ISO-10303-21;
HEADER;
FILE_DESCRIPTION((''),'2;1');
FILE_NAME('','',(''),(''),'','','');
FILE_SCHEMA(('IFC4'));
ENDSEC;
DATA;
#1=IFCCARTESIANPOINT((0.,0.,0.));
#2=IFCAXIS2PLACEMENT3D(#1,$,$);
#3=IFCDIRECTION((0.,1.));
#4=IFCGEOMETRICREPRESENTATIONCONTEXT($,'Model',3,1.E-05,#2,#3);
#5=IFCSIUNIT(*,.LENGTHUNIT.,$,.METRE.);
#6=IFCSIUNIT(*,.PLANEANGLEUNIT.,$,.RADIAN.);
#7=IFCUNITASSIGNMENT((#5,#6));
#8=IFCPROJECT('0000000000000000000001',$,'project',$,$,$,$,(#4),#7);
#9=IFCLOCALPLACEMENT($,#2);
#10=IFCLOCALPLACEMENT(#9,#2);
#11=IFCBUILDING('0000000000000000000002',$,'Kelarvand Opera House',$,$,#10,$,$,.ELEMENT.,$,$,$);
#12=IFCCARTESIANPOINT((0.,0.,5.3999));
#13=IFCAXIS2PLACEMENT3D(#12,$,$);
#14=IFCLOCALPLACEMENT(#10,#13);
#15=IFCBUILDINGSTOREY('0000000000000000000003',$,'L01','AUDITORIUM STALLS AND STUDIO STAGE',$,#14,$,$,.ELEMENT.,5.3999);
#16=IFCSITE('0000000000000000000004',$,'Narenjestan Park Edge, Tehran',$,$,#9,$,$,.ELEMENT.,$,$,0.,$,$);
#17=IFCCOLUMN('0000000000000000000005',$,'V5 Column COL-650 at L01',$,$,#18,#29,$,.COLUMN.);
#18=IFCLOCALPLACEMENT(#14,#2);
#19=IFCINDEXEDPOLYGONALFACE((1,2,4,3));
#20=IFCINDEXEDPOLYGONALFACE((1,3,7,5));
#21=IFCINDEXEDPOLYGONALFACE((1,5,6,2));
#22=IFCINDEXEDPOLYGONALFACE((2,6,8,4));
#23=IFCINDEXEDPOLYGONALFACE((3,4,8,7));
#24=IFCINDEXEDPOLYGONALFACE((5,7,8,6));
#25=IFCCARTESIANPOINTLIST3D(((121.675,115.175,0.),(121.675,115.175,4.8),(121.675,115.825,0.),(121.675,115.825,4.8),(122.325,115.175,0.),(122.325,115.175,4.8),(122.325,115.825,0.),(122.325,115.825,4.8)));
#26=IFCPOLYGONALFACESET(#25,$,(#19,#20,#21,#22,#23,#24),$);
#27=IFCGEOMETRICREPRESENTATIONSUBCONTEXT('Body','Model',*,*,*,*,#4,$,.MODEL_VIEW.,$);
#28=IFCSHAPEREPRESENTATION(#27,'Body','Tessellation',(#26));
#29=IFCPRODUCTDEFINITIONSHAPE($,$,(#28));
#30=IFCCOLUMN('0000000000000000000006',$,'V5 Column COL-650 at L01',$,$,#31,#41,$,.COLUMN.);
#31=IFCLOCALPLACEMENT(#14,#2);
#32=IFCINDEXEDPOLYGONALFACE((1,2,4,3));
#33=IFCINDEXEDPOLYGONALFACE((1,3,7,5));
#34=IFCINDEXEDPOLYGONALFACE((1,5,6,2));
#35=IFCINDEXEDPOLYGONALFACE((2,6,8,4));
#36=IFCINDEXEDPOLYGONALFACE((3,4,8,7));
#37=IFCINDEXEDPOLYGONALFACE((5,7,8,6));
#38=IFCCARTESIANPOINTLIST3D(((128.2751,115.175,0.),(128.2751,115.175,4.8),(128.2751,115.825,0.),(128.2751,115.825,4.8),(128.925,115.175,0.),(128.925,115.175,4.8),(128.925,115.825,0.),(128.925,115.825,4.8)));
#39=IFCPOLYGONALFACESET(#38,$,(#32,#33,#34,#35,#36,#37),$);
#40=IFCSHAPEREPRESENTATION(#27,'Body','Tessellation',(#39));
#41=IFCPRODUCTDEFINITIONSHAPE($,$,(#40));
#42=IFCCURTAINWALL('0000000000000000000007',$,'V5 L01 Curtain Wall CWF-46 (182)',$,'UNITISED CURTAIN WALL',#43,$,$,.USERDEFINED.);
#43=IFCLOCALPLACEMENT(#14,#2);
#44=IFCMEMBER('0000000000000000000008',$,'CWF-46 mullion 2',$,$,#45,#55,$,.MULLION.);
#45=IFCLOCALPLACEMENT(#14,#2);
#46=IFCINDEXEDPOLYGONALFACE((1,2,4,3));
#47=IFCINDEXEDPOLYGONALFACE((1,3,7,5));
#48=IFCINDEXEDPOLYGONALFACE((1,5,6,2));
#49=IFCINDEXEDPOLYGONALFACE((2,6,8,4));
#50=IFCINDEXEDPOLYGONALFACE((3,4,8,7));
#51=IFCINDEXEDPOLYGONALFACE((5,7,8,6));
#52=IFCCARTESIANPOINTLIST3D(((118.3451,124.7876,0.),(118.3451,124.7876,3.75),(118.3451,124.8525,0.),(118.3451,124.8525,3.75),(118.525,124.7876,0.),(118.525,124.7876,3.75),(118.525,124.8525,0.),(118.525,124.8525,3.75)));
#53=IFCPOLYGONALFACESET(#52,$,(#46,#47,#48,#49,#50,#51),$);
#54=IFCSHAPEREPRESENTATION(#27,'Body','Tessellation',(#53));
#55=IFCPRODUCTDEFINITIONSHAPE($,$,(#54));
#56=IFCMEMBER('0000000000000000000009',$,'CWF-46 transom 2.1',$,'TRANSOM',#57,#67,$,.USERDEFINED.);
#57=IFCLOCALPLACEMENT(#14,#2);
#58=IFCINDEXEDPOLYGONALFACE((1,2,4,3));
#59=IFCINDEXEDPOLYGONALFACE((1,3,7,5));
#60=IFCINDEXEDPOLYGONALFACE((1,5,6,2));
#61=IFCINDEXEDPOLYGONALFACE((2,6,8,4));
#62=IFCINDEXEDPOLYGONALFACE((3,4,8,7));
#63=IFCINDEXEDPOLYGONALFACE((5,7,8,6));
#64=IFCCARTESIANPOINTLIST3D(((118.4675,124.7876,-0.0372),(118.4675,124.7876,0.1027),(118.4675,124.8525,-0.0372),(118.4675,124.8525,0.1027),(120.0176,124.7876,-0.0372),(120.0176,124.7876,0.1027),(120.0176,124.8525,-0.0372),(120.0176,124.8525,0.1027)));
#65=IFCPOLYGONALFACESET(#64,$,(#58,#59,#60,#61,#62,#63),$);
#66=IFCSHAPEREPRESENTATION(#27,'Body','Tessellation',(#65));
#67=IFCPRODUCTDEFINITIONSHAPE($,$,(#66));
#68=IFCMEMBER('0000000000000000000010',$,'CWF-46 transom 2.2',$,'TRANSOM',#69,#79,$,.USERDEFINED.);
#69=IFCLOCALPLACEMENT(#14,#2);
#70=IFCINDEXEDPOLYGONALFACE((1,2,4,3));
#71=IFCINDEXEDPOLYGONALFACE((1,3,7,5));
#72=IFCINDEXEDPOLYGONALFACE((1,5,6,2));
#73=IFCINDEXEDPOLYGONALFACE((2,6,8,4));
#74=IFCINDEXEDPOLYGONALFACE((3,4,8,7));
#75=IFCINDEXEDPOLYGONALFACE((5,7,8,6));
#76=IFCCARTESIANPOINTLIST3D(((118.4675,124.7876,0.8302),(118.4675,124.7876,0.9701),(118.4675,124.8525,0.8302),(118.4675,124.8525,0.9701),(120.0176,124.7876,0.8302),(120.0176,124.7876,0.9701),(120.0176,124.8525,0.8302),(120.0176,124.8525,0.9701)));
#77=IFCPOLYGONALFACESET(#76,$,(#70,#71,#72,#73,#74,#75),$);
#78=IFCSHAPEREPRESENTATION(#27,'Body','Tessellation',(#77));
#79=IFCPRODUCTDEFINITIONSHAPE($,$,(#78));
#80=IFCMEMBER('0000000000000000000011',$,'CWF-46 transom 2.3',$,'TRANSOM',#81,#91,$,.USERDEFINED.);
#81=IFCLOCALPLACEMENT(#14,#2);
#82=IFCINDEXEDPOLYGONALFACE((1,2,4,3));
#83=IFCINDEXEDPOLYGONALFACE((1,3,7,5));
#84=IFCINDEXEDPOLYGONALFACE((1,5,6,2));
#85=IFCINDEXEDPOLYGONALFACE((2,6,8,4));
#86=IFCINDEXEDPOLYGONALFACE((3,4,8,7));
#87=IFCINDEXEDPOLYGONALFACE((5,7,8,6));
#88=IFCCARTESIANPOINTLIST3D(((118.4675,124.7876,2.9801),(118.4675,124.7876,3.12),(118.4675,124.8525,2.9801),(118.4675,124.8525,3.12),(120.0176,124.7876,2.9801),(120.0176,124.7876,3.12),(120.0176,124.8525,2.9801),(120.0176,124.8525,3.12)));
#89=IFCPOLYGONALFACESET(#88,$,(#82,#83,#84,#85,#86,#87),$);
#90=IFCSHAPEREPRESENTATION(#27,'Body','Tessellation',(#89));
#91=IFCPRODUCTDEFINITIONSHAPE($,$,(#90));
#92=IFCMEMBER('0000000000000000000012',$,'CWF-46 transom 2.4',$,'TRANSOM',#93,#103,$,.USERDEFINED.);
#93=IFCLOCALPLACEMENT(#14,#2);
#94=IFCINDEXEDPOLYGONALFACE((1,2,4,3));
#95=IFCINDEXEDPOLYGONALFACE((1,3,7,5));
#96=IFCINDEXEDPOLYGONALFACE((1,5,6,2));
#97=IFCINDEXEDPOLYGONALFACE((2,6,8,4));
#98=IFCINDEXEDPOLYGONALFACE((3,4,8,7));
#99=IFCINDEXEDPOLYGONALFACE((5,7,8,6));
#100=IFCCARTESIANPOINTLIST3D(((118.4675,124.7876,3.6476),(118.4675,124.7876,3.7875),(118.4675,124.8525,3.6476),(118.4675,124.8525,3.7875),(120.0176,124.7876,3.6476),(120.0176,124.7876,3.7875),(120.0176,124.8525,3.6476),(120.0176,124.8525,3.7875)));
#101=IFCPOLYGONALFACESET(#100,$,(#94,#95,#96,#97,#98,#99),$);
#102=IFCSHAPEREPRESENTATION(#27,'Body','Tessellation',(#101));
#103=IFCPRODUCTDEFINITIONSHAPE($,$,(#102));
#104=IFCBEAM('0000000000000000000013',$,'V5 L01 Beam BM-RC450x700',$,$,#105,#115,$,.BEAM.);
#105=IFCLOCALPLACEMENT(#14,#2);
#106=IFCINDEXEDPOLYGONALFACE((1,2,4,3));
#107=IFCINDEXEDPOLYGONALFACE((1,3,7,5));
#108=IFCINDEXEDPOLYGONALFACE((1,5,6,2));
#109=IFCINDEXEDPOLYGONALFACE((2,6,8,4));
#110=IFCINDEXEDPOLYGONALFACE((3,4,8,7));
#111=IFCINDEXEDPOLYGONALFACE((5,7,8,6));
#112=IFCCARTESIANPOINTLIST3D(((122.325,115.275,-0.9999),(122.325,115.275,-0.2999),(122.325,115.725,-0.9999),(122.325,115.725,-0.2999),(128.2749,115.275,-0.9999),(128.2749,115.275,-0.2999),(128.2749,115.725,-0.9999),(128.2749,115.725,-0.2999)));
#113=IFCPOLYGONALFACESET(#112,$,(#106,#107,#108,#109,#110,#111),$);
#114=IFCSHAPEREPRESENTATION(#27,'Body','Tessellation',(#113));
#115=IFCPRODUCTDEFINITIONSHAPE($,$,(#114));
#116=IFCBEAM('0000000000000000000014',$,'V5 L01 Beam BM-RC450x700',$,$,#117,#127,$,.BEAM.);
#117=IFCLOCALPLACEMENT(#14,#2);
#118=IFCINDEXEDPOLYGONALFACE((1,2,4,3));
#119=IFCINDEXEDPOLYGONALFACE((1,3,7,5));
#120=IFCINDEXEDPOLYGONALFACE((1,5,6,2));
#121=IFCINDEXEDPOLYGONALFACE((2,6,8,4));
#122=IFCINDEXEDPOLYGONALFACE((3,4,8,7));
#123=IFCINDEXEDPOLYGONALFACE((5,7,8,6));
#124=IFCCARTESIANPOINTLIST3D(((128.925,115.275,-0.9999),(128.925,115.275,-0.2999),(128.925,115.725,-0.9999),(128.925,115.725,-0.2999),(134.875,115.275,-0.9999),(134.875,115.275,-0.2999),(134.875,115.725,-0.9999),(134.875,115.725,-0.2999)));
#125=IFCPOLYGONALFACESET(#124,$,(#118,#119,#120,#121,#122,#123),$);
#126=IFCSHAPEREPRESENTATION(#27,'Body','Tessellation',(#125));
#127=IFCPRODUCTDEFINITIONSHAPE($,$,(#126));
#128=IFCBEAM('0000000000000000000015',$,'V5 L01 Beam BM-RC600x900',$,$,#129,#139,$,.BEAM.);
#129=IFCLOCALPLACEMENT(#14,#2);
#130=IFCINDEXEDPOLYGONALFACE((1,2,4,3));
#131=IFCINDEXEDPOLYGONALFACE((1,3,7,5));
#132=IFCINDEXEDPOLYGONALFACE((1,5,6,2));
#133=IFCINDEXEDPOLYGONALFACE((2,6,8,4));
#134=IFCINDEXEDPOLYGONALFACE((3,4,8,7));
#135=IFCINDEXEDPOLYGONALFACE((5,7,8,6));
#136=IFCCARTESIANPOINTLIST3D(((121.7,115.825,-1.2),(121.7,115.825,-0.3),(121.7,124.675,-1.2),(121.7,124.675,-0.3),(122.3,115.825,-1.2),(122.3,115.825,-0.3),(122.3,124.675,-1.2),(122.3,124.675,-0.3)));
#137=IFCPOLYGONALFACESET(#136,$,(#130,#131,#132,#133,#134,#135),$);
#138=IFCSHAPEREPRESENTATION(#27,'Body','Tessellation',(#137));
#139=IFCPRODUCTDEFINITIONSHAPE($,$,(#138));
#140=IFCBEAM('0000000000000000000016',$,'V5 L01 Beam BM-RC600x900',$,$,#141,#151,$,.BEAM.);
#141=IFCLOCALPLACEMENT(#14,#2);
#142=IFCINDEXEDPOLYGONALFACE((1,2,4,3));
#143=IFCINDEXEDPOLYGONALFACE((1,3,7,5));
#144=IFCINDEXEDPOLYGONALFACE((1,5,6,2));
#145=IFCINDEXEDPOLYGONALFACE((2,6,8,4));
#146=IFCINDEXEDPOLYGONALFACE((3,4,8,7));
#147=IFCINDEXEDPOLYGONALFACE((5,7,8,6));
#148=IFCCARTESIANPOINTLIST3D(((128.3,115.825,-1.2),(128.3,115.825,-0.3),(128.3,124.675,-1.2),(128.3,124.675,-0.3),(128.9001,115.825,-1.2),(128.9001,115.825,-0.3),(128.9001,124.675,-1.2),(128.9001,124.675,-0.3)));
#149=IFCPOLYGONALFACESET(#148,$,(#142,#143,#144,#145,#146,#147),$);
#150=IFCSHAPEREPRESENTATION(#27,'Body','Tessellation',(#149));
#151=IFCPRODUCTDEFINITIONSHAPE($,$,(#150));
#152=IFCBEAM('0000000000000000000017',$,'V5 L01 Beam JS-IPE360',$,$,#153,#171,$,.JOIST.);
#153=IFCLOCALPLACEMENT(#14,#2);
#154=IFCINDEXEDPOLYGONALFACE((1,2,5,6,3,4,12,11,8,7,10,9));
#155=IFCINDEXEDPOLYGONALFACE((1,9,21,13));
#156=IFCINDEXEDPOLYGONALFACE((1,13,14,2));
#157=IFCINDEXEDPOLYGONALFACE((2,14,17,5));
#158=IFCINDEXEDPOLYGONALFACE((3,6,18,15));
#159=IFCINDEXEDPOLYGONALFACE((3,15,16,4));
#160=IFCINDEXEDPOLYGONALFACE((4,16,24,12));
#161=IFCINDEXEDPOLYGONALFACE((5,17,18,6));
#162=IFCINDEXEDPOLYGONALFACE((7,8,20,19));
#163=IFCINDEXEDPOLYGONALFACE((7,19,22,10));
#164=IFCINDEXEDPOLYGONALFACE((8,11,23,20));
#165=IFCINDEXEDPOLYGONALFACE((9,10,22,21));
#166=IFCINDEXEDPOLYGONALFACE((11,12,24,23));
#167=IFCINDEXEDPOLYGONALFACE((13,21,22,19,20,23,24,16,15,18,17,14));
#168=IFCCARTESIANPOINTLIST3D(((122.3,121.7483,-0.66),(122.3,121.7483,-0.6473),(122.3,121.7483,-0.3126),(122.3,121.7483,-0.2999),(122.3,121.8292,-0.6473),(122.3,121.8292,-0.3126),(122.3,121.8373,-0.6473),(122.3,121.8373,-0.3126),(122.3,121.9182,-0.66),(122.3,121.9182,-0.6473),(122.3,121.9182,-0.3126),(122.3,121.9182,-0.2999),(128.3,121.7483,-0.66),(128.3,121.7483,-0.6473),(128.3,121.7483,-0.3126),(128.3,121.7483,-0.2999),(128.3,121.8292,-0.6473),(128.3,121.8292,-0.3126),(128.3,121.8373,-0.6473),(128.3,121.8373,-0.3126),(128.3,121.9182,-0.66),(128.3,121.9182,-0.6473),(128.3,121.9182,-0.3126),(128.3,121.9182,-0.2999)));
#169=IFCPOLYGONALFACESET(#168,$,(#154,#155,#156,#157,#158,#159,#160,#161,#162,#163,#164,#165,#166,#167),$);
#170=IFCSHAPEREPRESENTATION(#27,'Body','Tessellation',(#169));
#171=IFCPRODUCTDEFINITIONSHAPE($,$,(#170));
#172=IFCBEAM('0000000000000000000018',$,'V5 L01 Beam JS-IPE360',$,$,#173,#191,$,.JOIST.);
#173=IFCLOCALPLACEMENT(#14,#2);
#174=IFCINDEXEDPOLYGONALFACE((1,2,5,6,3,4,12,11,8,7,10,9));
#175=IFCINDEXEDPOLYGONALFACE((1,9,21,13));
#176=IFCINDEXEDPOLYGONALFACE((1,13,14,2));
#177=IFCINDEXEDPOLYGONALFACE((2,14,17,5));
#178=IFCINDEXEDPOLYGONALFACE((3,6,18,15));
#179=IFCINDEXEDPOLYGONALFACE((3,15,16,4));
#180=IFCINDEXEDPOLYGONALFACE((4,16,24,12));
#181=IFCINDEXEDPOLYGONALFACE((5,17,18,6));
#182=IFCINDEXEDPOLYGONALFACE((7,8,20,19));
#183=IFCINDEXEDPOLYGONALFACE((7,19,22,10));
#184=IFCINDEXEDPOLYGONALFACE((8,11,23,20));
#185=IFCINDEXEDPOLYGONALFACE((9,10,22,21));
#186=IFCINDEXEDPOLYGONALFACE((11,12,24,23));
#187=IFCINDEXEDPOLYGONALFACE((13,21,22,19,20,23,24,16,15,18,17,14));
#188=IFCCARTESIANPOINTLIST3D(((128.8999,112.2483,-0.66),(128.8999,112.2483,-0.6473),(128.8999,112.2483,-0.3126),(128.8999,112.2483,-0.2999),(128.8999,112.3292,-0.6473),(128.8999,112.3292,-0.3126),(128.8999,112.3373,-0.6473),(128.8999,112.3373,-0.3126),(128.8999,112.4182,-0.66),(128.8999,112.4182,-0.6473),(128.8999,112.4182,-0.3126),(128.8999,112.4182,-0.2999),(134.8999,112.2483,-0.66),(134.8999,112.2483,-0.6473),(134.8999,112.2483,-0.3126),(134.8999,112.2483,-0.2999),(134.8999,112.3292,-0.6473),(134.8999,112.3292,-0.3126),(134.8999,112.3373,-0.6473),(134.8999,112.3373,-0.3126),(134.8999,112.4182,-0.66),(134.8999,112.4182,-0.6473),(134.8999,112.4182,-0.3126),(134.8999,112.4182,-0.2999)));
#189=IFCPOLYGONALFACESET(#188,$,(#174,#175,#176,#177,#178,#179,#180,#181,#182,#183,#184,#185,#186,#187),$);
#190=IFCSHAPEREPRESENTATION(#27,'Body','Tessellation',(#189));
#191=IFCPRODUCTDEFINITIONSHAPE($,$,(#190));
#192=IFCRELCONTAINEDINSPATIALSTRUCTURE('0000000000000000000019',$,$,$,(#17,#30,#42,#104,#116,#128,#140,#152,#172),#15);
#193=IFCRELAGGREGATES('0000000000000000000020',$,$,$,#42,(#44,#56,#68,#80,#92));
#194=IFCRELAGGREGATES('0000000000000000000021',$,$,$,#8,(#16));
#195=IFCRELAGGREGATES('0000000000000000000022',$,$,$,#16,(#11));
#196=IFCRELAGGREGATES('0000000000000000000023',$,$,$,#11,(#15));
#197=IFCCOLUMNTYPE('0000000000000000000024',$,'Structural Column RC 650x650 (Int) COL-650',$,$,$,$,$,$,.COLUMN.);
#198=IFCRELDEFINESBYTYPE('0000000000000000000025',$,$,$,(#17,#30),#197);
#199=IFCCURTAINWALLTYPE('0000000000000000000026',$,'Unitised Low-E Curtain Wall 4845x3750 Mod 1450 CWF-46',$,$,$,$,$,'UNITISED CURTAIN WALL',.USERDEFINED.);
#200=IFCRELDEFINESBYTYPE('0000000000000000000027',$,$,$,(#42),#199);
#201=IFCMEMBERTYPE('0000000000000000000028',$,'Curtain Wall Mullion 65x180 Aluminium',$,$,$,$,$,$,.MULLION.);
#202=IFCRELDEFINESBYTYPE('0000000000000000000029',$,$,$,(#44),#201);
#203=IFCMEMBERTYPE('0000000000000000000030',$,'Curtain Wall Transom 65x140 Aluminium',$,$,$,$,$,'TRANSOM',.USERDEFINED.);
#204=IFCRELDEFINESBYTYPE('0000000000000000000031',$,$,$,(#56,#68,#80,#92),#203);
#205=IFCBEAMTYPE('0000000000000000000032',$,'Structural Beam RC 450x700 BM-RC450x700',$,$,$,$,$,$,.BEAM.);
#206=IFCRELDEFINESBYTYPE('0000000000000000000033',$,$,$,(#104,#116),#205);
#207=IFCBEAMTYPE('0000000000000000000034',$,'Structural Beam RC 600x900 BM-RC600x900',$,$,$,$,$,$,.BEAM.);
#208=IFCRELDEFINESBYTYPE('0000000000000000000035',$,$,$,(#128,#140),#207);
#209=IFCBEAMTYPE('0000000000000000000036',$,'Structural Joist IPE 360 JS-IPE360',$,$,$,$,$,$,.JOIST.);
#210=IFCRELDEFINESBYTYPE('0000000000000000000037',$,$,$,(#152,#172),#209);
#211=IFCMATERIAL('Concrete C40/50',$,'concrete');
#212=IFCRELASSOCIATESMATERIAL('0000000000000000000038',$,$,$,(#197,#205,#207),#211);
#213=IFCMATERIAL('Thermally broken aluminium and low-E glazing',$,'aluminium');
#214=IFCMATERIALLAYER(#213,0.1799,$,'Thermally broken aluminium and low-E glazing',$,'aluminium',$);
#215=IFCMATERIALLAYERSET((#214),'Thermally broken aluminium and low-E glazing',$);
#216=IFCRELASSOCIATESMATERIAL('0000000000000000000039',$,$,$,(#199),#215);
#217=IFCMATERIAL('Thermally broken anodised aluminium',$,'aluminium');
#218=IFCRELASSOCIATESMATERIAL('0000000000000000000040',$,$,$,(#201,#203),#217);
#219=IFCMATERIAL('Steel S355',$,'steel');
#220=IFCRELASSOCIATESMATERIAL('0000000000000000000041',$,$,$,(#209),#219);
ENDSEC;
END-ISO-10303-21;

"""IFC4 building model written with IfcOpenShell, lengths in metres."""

from ifc_helpers import new_model, si_unit, direction, frame, origin, origin_2d, place, context, subcontext, project, spatial, rectangle, i_section, extrude, material, layer, layer_set, material_profile, profile_set, type_object, element, aggregate, save


model = new_model("IFC4")

# Units and contexts
model_context = context("Model", 3, precision=1e-05, world=origin(), true_north=direction((0.0, 1.0)))
body_context = subcontext(model_context, "Body", "Model", "MODEL_VIEW")
ifc_project = project(units=[si_unit("LENGTHUNIT", "METRE"), si_unit("PLANEANGLEUNIT", "RADIAN")], contexts=[model_context])

# Site, building, storey
site_placement = place(None, origin())
site = spatial("IfcSite", under=ifc_project, at=site_placement, Name="Narenjestan Park Edge, Tehran", CompositionType="ELEMENT", RefElevation=0.0)
building_placement = place(site_placement, origin())
building = spatial("IfcBuilding", under=site, at=building_placement, Name="Kelarvand Opera House", CompositionType="ELEMENT")
storey_placement = place(building_placement, frame((0.0, 0.0, 5.3999)))
storey = spatial("IfcBuildingStorey", under=building, at=storey_placement, Name="L01", Description="AUDITORIUM STALLS AND STUDIO STAGE", CompositionType="ELEMENT", Elevation=5.3999)

# Columns
ifc_material_1 = material(Name="Concrete C40/50", Category="concrete")
ifc_material_profile_1 = material_profile(ifc_material_1, rectangle(XDim=0.6499, YDim=0.6499, at=origin_2d()), Name="RC 650x650", Category="concrete")
ifc_profile_set_1 = profile_set([ifc_material_profile_1], Name="Concrete C40/50")
column_type = type_object("IfcColumnType", Name="Structural Column RC 650x650 (Int) COL-650", PredefinedType="COLUMN", material=ifc_profile_set_1)
for number, where, z_axis, x_axis, name in (
    (1, (122.0, 115.5, 0.0), (0.0, 0.0, 1.0), (1.0, 0.0, 0.0), "V5 Column COL-650 at L01"),
    (2, (128.6001, 115.5, 0.0), (0.0, 0.0, 1.0), (1.0, 0.0, 0.0), "V5 Column COL-650 at L01"),
):
    element("IfcColumn", number, at=place(storey_placement, frame(where, z_axis=z_axis, x_axis=x_axis)), inside=storey, type_object=column_type, Name=name, PredefinedType="COLUMN", context=body_context, shape_type="SweptSolid", body=[
        extrude(rectangle(XDim=0.6499, YDim=0.6499, at=origin_2d()), origin(), (0.0, 0.0, 1.0), 4.8),
    ])

# Curtain wall, members
ifc_material_2 = material(Name="Thermally broken aluminium and low-E glazing", Category="aluminium")
ifc_layer_1 = layer(ifc_material_2, 0.1799, Name="Thermally broken aluminium and low-E glazing", Category="aluminium")
ifc_layer_set_1 = layer_set([ifc_layer_1], Name="Thermally broken aluminium and low-E glazing")
curtain_wall_type = type_object("IfcCurtainWallType", Name="Unitised Low-E Curtain Wall 4845x3750 Mod 1450 CWF-46", ElementType="UNITISED CURTAIN WALL", PredefinedType="USERDEFINED", material=ifc_layer_set_1)
curtain_wall_placement = place(storey_placement, origin())
curtain_wall = element("IfcCurtainWall", 3, at=curtain_wall_placement, inside=storey, type_object=curtain_wall_type, Name="V5 L01 Curtain Wall CWF-46 (182)", ObjectType="UNITISED CURTAIN WALL", PredefinedType="USERDEFINED")
ifc_material_3 = material(Name="Thermally broken anodised aluminium", Category="aluminium")
ifc_material_profile_2 = material_profile(ifc_material_3, rectangle(XDim=0.0649, YDim=0.1799, at=origin_2d()), Name="ALU MULLION 65x180", Category="aluminium")
ifc_profile_set_2 = profile_set([ifc_material_profile_2], Name="Thermally broken anodised aluminium")
member_type_1 = type_object("IfcMemberType", Name="Curtain Wall Mullion 65x180 Aluminium", PredefinedType="MULLION", material=ifc_profile_set_2)
member_1_placement = place(storey_placement, frame((118.4351, 124.8201, 0.0), z_axis=(0.0, 0.0, 1.0), x_axis=(0.0, 1.0, 0.0)))
member_1 = element("IfcMember", 4, at=member_1_placement, type_object=member_type_1, Name="CWF-46 mullion 2", PredefinedType="MULLION", context=body_context, shape_type="SweptSolid", body=[
    extrude(rectangle(XDim=0.0649, YDim=0.1799, at=origin_2d()), origin(), (0.0, 0.0, 1.0), 3.75),
])
ifc_material_profile_3 = material_profile(ifc_material_3, rectangle(XDim=0.0649, YDim=0.1399, at=origin_2d()), Name="ALU TRANSOM 65x140", Category="aluminium")
ifc_profile_set_3 = profile_set([ifc_material_profile_3], Name="Thermally broken anodised aluminium")
member_type_2 = type_object("IfcMemberType", Name="Curtain Wall Transom 65x140 Aluminium", ElementType="TRANSOM", PredefinedType="USERDEFINED", material=ifc_profile_set_3)
member_2_placement = place(storey_placement, frame((118.4675, 124.8201, 0.0327), z_axis=(1.0, 0.0, 0.0), x_axis=(0.0, 1.0, 0.0)))
member_2 = element("IfcMember", 5, at=member_2_placement, type_object=member_type_2, Name="CWF-46 transom 2.1", ObjectType="TRANSOM", PredefinedType="USERDEFINED", context=body_context, shape_type="SweptSolid", body=[
    extrude(rectangle(XDim=0.0649, YDim=0.1399, at=origin_2d()), origin(), (0.0, 0.0, 1.0), 1.55),
])
member_3_placement = place(storey_placement, frame((118.4675, 124.8201, 0.9001), z_axis=(1.0, 0.0, 0.0), x_axis=(0.0, 1.0, 0.0)))
member_3 = element("IfcMember", 6, at=member_3_placement, type_object=member_type_2, Name="CWF-46 transom 2.2", ObjectType="TRANSOM", PredefinedType="USERDEFINED", context=body_context, shape_type="SweptSolid", body=[
    extrude(rectangle(XDim=0.0649, YDim=0.1399, at=origin_2d()), origin(), (0.0, 0.0, 1.0), 1.55),
])
member_4_placement = place(storey_placement, frame((118.4675, 124.8201, 3.05), z_axis=(1.0, 0.0, 0.0), x_axis=(0.0, 1.0, 0.0)))
member_4 = element("IfcMember", 7, at=member_4_placement, type_object=member_type_2, Name="CWF-46 transom 2.3", ObjectType="TRANSOM", PredefinedType="USERDEFINED", context=body_context, shape_type="SweptSolid", body=[
    extrude(rectangle(XDim=0.0649, YDim=0.1399, at=origin_2d()), origin(), (0.0, 0.0, 1.0), 1.55),
])
member_5_placement = place(storey_placement, frame((118.4675, 124.8201, 3.7175), z_axis=(1.0, 0.0, 0.0), x_axis=(0.0, 1.0, 0.0)))
member_5 = element("IfcMember", 8, at=member_5_placement, type_object=member_type_2, Name="CWF-46 transom 2.4", ObjectType="TRANSOM", PredefinedType="USERDEFINED", context=body_context, shape_type="SweptSolid", body=[
    extrude(rectangle(XDim=0.0649, YDim=0.1399, at=origin_2d()), origin(), (0.0, 0.0, 1.0), 1.55),
])

# Beams
ifc_material_profile_4 = material_profile(ifc_material_1, rectangle(XDim=0.45, YDim=0.7, at=origin_2d()), Name="RC 450x700", Category="concrete")
ifc_profile_set_4 = profile_set([ifc_material_profile_4], Name="Concrete C40/50")
beam_type_1 = type_object("IfcBeamType", Name="Structural Beam RC 450x700 BM-RC450x700", PredefinedType="BEAM", material=ifc_profile_set_4)
for number, where, z_axis, x_axis, name in (
    (9, (122.325, 115.5, -0.6499), (1.0, 0.0, 0.0), (0.0, 1.0, 0.0), "V5 L01 Beam BM-RC450x700"),
    (10, (128.925, 115.5, -0.6499), (1.0, 0.0, 0.0), (0.0, 1.0, 0.0), "V5 L01 Beam BM-RC450x700"),
):
    element("IfcBeam", number, at=place(storey_placement, frame(where, z_axis=z_axis, x_axis=x_axis)), inside=storey, type_object=beam_type_1, Name=name, PredefinedType="BEAM", context=body_context, shape_type="SweptSolid", body=[
        extrude(rectangle(XDim=0.45, YDim=0.7, at=origin_2d()), origin(), (0.0, 0.0, 1.0), 5.95),
    ])
ifc_material_profile_5 = material_profile(ifc_material_1, rectangle(XDim=0.6001, YDim=0.8999, at=origin_2d()), Name="RC 600x900", Category="concrete")
ifc_profile_set_5 = profile_set([ifc_material_profile_5], Name="Concrete C40/50")
beam_type_2 = type_object("IfcBeamType", Name="Structural Beam RC 600x900 BM-RC600x900", PredefinedType="BEAM", material=ifc_profile_set_5)
for number, where, z_axis, x_axis, name in (
    (11, (122.0, 115.825, -0.75), (0.0, 1.0, 0.0), (-1.0, 0.0, 0.0), "V5 L01 Beam BM-RC600x900"),
    (12, (128.6001, 115.825, -0.75), (0.0, 1.0, 0.0), (-1.0, 0.0, 0.0), "V5 L01 Beam BM-RC600x900"),
):
    element("IfcBeam", number, at=place(storey_placement, frame(where, z_axis=z_axis, x_axis=x_axis)), inside=storey, type_object=beam_type_2, Name=name, PredefinedType="BEAM", context=body_context, shape_type="SweptSolid", body=[
        extrude(rectangle(XDim=0.6001, YDim=0.8999, at=origin_2d()), origin(), (0.0, 0.0, 1.0), 8.8501),
    ])
ifc_material_4 = material(Name="Steel S355", Category="steel")
ifc_material_profile_6 = material_profile(ifc_material_4, i_section(OverallWidth=0.1699, OverallDepth=0.3601, WebThickness=0.0081, FlangeThickness=0.0127, at=origin_2d()), Name="IPE 360", Category="steel")
ifc_profile_set_6 = profile_set([ifc_material_profile_6], Name="Steel S355")
beam_type_3 = type_object("IfcBeamType", Name="Structural Joist IPE 360 JS-IPE360", PredefinedType="JOIST", material=ifc_profile_set_6)
for number, where, z_axis, x_axis, name in (
    (13, (122.3, 121.8333, -0.48), (1.0, 0.0, 0.0), (0.0, 1.0, 0.0), "V5 L01 Beam JS-IPE360"),
    (14, (128.8999, 112.3333, -0.48), (1.0, 0.0, 0.0), (0.0, 1.0, 0.0), "V5 L01 Beam JS-IPE360"),
):
    element("IfcBeam", number, at=place(storey_placement, frame(where, z_axis=z_axis, x_axis=x_axis)), inside=storey, type_object=beam_type_3, Name=name, PredefinedType="JOIST", context=body_context, shape_type="SweptSolid", body=[
        extrude(i_section(OverallWidth=0.1699, OverallDepth=0.3601, WebThickness=0.0081, FlangeThickness=0.0127, at=origin_2d()), origin(), (0.0, 0.0, 1.0), 6.0),
    ])

aggregate(curtain_wall, [member_1, member_2, member_3, member_4, member_5])

save(model, "model.ifc")
